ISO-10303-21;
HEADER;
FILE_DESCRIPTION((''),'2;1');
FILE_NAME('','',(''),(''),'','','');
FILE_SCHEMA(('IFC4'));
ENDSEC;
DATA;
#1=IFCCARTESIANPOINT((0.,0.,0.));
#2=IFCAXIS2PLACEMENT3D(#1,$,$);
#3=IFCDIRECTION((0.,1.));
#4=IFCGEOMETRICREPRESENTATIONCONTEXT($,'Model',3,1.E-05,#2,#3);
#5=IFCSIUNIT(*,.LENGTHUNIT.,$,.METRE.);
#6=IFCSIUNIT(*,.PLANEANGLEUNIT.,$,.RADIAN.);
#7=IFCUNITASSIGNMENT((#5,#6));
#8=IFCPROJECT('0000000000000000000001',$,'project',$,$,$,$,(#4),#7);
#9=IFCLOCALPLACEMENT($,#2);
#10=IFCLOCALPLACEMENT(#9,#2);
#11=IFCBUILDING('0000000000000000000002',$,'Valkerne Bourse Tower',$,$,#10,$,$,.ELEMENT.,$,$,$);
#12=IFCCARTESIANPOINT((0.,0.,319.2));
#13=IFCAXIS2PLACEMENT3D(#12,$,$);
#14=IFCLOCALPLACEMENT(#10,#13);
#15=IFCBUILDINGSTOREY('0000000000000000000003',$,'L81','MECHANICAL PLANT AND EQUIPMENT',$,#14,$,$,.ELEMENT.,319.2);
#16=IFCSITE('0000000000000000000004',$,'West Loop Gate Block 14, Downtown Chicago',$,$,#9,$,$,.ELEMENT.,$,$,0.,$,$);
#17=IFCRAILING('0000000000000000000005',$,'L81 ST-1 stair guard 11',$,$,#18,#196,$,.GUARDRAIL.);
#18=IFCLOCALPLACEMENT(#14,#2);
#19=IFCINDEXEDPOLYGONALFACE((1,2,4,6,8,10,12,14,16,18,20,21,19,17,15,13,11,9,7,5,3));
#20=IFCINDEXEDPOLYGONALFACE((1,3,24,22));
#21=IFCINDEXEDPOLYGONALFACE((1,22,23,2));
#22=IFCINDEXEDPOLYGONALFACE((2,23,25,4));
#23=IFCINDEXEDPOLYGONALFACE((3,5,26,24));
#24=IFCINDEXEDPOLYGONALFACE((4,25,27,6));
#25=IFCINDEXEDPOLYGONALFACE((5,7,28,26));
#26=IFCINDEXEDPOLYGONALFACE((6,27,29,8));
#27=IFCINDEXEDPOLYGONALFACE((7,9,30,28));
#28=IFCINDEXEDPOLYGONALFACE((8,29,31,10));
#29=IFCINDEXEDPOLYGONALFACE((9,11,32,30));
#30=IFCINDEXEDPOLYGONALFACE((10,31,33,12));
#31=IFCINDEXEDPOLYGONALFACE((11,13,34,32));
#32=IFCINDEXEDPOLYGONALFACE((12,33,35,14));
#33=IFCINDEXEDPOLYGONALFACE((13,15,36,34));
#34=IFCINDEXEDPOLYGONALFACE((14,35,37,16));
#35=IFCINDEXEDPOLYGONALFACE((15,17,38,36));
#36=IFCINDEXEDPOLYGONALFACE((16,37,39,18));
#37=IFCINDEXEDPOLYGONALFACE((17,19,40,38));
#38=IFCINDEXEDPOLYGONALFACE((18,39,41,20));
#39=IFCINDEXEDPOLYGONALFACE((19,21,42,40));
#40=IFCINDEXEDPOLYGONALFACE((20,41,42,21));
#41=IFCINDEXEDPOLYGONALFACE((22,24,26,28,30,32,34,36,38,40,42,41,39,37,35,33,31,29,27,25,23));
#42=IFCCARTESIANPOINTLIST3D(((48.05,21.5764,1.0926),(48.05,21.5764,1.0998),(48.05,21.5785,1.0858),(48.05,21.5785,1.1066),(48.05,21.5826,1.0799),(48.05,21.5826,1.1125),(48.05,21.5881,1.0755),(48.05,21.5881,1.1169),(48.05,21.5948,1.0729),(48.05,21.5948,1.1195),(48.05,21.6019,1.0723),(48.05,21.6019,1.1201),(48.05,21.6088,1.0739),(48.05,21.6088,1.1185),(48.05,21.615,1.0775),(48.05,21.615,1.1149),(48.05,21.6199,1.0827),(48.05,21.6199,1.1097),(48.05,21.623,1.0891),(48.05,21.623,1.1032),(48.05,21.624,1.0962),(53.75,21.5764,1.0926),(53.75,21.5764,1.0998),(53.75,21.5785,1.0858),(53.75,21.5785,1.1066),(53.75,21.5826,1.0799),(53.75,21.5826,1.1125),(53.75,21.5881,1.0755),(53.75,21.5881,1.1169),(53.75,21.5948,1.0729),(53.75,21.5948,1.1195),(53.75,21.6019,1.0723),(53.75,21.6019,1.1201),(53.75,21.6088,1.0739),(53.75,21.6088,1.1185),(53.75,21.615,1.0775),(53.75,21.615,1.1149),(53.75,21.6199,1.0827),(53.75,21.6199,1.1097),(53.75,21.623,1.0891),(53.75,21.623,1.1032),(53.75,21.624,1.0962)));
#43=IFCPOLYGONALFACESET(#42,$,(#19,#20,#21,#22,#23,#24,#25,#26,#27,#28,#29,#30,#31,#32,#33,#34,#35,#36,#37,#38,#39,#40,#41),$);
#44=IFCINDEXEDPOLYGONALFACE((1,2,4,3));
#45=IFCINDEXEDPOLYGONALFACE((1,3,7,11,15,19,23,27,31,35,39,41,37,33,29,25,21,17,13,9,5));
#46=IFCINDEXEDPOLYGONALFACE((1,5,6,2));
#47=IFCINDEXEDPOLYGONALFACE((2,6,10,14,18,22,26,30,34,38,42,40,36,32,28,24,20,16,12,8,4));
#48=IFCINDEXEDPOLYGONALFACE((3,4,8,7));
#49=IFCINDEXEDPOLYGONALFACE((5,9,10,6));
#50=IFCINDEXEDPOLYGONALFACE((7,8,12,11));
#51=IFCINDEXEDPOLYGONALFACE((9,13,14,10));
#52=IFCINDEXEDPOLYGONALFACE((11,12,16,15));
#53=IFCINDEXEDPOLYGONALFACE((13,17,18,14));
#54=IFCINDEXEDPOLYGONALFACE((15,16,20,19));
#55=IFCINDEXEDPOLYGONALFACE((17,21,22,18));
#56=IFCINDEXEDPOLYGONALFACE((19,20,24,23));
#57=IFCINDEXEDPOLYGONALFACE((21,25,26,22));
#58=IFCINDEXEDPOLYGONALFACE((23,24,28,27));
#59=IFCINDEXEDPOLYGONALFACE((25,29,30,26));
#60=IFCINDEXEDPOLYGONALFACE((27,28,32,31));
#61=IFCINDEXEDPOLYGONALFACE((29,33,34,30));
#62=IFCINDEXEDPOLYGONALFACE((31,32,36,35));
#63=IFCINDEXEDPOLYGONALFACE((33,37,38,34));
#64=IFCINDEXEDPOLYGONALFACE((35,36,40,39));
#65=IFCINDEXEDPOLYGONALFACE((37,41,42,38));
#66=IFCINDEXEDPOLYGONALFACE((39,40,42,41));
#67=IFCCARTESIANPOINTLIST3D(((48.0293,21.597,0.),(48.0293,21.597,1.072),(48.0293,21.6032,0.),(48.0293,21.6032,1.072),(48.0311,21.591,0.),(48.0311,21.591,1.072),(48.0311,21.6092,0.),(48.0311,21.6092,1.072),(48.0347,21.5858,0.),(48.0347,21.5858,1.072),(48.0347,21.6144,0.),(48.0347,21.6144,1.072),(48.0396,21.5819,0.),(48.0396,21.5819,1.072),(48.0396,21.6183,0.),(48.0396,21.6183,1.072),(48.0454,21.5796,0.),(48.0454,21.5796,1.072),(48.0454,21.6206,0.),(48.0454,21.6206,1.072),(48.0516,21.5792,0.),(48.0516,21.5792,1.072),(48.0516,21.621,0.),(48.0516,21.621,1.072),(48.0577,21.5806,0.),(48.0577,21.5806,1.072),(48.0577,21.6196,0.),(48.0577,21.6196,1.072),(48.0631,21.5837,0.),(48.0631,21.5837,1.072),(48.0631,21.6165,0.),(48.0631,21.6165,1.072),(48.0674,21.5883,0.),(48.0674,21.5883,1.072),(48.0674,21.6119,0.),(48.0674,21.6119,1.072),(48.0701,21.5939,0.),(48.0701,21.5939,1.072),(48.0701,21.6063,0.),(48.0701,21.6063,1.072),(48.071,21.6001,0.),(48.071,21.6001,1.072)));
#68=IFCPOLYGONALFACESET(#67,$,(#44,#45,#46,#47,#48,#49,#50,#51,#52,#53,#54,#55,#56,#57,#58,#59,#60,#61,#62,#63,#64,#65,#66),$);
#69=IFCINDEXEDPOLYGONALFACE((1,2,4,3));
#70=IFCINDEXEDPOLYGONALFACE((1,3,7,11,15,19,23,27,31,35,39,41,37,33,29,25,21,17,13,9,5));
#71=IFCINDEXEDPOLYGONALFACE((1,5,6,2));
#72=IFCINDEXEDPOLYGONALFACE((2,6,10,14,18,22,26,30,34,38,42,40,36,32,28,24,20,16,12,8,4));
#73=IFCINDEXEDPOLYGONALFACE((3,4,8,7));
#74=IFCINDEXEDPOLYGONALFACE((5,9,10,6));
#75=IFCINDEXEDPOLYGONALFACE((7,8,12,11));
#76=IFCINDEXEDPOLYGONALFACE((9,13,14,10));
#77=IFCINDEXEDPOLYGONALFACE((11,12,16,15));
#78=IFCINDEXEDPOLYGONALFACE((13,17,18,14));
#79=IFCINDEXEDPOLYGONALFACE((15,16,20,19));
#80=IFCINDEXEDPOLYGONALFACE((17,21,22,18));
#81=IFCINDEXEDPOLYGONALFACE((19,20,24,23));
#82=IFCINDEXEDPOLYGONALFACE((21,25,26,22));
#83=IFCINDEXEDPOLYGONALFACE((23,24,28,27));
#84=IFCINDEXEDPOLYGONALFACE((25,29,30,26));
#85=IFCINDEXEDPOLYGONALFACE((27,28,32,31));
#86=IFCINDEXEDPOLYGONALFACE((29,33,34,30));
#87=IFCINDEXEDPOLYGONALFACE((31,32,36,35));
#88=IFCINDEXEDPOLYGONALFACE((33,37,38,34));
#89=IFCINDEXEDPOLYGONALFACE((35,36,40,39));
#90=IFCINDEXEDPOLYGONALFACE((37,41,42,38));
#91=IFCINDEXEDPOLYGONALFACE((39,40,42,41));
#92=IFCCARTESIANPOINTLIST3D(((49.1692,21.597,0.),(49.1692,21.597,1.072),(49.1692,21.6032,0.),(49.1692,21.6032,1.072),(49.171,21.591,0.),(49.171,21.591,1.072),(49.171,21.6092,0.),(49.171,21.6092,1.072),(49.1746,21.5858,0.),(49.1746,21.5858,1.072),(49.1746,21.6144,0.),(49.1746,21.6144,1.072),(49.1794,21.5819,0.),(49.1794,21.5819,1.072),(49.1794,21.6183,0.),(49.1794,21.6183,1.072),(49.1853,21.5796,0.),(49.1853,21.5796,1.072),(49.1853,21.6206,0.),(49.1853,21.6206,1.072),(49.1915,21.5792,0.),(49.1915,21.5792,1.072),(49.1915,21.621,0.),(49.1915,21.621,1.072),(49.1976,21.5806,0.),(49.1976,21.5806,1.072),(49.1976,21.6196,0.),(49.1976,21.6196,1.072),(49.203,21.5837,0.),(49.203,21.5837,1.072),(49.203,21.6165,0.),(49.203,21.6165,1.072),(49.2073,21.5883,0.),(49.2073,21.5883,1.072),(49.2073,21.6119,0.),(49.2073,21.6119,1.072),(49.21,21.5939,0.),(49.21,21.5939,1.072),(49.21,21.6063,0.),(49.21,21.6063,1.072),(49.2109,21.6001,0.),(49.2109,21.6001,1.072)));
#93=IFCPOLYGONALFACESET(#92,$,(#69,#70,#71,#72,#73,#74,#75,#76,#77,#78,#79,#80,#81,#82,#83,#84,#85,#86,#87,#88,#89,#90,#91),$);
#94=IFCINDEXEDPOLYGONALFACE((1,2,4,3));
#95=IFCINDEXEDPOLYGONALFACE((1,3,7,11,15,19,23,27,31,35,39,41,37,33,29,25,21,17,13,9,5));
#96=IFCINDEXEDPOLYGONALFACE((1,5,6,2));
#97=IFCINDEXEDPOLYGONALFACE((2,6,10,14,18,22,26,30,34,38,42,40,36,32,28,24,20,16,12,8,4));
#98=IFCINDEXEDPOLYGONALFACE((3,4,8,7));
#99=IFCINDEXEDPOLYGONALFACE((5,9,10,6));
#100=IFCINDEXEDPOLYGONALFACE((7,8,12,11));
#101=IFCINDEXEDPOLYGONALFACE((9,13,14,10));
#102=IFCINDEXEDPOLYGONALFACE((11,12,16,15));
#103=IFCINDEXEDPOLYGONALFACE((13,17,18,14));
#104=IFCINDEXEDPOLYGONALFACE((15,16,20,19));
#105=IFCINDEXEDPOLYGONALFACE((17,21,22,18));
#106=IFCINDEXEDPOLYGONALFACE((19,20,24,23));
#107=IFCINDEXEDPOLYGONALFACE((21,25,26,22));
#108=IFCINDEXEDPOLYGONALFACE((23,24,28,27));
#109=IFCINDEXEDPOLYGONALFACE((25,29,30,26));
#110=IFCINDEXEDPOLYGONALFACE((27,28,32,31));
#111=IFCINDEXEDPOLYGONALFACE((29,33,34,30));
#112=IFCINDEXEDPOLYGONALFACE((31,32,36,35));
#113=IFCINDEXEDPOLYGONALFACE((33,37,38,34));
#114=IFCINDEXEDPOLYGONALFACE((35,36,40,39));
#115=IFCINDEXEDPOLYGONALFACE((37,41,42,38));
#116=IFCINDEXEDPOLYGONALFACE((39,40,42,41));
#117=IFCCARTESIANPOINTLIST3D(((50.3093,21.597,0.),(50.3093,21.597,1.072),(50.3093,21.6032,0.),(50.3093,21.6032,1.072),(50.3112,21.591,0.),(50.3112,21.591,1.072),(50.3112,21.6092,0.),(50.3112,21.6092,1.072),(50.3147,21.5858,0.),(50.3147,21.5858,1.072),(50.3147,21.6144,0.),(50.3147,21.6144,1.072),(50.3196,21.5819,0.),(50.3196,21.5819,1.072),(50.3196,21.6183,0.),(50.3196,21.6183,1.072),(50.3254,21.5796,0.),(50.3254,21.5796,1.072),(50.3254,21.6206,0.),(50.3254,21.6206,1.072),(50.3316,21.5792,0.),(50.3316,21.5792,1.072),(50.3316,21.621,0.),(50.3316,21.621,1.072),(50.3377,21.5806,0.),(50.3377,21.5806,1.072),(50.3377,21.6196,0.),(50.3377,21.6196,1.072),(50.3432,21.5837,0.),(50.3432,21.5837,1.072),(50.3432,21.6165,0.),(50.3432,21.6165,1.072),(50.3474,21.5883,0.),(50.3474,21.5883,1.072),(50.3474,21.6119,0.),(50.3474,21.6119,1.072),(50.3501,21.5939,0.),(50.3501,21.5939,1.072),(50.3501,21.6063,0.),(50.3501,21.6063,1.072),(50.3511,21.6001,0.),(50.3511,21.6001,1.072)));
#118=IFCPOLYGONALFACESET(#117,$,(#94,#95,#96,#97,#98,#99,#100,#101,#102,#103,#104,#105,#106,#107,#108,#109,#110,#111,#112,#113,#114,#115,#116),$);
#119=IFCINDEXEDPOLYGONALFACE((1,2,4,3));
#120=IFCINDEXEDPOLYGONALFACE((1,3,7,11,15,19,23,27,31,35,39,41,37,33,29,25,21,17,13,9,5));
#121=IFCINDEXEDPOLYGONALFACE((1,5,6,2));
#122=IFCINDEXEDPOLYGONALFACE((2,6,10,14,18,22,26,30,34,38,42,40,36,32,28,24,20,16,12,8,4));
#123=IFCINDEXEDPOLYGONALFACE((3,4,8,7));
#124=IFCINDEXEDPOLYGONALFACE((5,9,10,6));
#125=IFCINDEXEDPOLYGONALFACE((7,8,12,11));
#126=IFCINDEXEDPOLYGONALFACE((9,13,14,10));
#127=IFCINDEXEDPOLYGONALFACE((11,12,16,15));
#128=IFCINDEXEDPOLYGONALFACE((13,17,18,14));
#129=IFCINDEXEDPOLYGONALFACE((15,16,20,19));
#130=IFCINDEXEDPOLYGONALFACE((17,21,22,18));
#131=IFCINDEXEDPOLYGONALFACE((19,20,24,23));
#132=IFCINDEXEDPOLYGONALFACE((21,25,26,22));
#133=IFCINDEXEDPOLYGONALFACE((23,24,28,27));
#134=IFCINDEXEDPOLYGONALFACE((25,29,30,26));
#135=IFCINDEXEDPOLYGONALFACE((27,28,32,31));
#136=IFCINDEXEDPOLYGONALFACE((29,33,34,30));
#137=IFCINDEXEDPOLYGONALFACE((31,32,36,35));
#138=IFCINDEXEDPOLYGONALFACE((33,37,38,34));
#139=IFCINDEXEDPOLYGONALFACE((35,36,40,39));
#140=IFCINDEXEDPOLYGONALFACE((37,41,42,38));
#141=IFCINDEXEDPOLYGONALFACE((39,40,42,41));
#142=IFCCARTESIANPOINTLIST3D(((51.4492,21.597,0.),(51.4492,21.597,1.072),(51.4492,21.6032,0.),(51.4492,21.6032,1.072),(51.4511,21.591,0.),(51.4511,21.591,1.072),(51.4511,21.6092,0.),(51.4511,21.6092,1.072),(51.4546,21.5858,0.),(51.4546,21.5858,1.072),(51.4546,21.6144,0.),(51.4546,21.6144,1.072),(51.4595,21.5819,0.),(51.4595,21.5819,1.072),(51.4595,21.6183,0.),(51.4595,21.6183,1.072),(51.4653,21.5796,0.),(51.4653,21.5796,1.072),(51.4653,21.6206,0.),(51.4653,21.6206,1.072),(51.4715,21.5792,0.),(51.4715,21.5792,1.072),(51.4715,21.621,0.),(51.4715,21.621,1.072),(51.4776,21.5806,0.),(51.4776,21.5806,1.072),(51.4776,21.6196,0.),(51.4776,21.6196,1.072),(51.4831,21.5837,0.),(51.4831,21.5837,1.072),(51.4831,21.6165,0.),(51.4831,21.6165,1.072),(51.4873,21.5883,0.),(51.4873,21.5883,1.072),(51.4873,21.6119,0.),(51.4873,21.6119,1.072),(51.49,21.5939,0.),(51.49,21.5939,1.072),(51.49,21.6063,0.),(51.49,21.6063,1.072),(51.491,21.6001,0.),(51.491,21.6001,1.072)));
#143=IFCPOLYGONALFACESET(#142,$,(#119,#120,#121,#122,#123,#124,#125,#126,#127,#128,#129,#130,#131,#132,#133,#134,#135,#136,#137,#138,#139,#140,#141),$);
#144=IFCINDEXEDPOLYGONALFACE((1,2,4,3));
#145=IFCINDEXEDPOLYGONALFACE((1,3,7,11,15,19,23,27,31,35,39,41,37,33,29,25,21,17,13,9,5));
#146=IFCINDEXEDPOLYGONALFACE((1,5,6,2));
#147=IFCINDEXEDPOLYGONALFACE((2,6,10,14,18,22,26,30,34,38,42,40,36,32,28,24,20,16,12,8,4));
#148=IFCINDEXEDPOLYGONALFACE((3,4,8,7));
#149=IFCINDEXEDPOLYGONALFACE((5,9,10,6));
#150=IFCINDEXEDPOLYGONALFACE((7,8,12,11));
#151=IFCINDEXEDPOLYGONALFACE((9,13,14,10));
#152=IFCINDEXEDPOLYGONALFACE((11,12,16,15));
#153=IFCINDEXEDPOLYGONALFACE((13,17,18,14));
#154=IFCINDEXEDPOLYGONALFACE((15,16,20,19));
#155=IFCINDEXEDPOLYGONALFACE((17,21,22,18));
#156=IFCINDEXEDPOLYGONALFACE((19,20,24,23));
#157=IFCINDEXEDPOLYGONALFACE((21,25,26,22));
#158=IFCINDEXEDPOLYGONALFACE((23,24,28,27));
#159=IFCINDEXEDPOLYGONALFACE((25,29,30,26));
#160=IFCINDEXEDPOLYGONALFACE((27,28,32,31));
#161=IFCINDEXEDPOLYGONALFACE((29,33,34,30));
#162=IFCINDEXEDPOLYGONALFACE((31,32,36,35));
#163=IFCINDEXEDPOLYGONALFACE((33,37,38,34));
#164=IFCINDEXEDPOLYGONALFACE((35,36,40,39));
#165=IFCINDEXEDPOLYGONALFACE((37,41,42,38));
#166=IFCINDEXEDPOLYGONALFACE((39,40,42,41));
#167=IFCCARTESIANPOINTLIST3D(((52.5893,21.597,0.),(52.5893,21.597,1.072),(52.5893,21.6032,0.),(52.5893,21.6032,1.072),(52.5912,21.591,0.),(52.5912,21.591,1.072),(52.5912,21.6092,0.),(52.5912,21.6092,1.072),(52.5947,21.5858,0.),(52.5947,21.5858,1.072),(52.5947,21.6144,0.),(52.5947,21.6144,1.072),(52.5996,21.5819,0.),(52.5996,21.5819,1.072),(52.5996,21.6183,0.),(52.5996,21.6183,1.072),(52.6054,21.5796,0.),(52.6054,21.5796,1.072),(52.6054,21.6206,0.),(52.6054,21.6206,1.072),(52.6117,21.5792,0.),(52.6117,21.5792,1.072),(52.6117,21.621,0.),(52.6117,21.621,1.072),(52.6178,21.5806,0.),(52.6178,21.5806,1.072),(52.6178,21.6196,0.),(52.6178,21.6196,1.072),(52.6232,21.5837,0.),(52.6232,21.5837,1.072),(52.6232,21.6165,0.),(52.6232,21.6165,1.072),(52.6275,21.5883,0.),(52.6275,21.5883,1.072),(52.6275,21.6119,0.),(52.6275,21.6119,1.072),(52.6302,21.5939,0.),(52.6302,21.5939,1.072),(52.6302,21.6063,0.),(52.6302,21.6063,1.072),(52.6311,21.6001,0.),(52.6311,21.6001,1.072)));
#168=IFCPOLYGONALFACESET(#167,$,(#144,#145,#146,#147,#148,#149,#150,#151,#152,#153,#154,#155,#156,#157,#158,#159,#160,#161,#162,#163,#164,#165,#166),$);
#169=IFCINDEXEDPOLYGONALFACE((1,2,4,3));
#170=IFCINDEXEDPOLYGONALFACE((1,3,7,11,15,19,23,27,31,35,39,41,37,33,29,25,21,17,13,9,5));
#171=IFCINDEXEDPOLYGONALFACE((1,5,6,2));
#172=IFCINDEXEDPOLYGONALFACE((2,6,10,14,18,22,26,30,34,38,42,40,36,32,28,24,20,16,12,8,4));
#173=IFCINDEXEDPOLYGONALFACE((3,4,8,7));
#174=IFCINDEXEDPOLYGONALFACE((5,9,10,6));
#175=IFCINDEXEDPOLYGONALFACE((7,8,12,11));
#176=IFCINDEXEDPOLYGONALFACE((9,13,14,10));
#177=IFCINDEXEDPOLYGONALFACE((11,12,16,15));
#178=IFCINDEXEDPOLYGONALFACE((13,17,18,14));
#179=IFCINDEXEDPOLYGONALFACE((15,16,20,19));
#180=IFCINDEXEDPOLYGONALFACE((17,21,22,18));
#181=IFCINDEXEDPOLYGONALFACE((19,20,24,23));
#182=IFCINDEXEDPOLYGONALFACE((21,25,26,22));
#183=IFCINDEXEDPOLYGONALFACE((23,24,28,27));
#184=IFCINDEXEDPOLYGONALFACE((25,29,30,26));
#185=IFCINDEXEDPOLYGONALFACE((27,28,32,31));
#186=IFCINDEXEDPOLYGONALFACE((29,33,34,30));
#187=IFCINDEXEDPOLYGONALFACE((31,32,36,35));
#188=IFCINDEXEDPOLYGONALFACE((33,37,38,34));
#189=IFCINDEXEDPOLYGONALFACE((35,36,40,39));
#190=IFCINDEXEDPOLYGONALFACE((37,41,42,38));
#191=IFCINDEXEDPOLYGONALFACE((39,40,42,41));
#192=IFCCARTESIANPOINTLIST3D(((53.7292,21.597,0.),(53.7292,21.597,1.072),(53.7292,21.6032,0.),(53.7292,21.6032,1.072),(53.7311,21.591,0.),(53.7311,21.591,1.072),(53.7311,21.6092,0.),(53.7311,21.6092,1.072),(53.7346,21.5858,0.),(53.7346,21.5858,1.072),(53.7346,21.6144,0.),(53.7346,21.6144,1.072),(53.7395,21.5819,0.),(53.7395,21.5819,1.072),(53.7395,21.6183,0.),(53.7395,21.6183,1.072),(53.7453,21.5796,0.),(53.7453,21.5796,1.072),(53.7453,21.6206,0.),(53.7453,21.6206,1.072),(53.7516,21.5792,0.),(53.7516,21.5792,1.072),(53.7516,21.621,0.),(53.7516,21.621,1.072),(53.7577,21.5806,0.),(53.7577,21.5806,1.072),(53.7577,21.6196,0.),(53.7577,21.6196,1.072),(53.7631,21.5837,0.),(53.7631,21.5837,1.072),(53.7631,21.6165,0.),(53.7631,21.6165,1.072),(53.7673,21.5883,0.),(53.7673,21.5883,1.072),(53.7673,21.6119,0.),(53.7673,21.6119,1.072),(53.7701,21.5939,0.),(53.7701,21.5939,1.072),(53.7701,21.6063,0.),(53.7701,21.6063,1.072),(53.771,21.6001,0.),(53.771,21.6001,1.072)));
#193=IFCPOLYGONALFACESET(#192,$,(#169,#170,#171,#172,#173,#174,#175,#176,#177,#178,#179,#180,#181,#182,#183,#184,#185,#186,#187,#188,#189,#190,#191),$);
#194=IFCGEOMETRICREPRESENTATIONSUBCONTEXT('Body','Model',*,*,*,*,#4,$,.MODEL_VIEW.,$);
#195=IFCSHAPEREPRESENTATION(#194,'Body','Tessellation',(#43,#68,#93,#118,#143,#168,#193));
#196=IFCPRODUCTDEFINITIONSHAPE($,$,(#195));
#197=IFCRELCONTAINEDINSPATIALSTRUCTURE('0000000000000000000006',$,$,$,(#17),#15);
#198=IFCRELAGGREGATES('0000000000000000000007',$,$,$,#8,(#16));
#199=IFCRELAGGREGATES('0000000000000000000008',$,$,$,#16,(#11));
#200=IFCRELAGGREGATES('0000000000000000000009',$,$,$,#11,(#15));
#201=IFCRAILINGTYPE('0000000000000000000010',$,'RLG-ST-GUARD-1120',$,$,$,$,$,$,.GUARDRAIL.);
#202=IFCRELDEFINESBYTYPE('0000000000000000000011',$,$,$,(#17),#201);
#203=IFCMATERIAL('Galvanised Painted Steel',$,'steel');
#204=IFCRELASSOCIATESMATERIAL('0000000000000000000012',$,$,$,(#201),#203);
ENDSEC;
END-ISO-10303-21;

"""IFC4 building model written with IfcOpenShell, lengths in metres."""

from ifc_helpers import new_model, si_unit, direction, frame, origin, origin_2d, place, context, subcontext, project, spatial, circle, extrude, material, type_object, element, save


model = new_model("IFC4")

# Units and contexts
model_context = context("Model", 3, precision=1e-05, world=origin(), true_north=direction((0.0, 1.0)))
body_context = subcontext(model_context, "Body", "Model", "MODEL_VIEW")
ifc_project = project(units=[si_unit("LENGTHUNIT", "METRE"), si_unit("PLANEANGLEUNIT", "RADIAN")], contexts=[model_context])

# Site, building, storey
site_placement = place(None, origin())
site = spatial("IfcSite", under=ifc_project, at=site_placement, Name="West Loop Gate Block 14, Downtown Chicago", CompositionType="ELEMENT", RefElevation=0.0)
building_placement = place(site_placement, origin())
building = spatial("IfcBuilding", under=site, at=building_placement, Name="Valkerne Bourse Tower", CompositionType="ELEMENT")
storey_placement = place(building_placement, frame((0.0, 0.0, 319.2)))
storey = spatial("IfcBuildingStorey", under=building, at=storey_placement, Name="L81", Description="MECHANICAL PLANT AND EQUIPMENT", CompositionType="ELEMENT", Elevation=319.2)

# Railing
ifc_material_1 = material(Name="Galvanised Painted Steel", Category="steel")
railing_type_1 = type_object("IfcRailingType", Name="RLG-ST-GUARD-1120", PredefinedType="GUARDRAIL", material=ifc_material_1)
for number, where, name in (
    (1, (48.05, 21.6001, 0.0), "L81 ST-1 stair guard 11"),
):
    element("IfcRailing", number, at=place(storey_placement, frame(where)), inside=storey, type_object=railing_type_1, Name=name, PredefinedType="GUARDRAIL", context=body_context, shape_type="SweptSolid", body=[
        extrude(circle(Radius=0.0239, at=origin_2d()), frame((0.0, 0.0, 1.0962), z_axis=(1.0, 0.0, 0.0), x_axis=(0.0, 1.0, 0.0)), (0.0, 0.0, 1.0), 5.7),
        extrude(circle(Radius=0.021, at=origin_2d()), origin(), (0.0, 0.0, 1.0), 1.072),
        extrude(circle(Radius=0.021, at=origin_2d()), frame((1.1399, 0.0, 0.0)), (0.0, 0.0, 1.0), 1.072),
        extrude(circle(Radius=0.021, at=origin_2d()), frame((2.28, 0.0, 0.0)), (0.0, 0.0, 1.0), 1.072),
        extrude(circle(Radius=0.021, at=origin_2d()), frame((3.4199, 0.0, 0.0)), (0.0, 0.0, 1.0), 1.072),
        extrude(circle(Radius=0.021, at=origin_2d()), frame((4.5601, 0.0, 0.0)), (0.0, 0.0, 1.0), 1.072),
        extrude(circle(Radius=0.021, at=origin_2d()), frame((5.7, 0.0, 0.0)), (0.0, 0.0, 1.0), 1.072),
    ])

save(model, "model.ifc")
